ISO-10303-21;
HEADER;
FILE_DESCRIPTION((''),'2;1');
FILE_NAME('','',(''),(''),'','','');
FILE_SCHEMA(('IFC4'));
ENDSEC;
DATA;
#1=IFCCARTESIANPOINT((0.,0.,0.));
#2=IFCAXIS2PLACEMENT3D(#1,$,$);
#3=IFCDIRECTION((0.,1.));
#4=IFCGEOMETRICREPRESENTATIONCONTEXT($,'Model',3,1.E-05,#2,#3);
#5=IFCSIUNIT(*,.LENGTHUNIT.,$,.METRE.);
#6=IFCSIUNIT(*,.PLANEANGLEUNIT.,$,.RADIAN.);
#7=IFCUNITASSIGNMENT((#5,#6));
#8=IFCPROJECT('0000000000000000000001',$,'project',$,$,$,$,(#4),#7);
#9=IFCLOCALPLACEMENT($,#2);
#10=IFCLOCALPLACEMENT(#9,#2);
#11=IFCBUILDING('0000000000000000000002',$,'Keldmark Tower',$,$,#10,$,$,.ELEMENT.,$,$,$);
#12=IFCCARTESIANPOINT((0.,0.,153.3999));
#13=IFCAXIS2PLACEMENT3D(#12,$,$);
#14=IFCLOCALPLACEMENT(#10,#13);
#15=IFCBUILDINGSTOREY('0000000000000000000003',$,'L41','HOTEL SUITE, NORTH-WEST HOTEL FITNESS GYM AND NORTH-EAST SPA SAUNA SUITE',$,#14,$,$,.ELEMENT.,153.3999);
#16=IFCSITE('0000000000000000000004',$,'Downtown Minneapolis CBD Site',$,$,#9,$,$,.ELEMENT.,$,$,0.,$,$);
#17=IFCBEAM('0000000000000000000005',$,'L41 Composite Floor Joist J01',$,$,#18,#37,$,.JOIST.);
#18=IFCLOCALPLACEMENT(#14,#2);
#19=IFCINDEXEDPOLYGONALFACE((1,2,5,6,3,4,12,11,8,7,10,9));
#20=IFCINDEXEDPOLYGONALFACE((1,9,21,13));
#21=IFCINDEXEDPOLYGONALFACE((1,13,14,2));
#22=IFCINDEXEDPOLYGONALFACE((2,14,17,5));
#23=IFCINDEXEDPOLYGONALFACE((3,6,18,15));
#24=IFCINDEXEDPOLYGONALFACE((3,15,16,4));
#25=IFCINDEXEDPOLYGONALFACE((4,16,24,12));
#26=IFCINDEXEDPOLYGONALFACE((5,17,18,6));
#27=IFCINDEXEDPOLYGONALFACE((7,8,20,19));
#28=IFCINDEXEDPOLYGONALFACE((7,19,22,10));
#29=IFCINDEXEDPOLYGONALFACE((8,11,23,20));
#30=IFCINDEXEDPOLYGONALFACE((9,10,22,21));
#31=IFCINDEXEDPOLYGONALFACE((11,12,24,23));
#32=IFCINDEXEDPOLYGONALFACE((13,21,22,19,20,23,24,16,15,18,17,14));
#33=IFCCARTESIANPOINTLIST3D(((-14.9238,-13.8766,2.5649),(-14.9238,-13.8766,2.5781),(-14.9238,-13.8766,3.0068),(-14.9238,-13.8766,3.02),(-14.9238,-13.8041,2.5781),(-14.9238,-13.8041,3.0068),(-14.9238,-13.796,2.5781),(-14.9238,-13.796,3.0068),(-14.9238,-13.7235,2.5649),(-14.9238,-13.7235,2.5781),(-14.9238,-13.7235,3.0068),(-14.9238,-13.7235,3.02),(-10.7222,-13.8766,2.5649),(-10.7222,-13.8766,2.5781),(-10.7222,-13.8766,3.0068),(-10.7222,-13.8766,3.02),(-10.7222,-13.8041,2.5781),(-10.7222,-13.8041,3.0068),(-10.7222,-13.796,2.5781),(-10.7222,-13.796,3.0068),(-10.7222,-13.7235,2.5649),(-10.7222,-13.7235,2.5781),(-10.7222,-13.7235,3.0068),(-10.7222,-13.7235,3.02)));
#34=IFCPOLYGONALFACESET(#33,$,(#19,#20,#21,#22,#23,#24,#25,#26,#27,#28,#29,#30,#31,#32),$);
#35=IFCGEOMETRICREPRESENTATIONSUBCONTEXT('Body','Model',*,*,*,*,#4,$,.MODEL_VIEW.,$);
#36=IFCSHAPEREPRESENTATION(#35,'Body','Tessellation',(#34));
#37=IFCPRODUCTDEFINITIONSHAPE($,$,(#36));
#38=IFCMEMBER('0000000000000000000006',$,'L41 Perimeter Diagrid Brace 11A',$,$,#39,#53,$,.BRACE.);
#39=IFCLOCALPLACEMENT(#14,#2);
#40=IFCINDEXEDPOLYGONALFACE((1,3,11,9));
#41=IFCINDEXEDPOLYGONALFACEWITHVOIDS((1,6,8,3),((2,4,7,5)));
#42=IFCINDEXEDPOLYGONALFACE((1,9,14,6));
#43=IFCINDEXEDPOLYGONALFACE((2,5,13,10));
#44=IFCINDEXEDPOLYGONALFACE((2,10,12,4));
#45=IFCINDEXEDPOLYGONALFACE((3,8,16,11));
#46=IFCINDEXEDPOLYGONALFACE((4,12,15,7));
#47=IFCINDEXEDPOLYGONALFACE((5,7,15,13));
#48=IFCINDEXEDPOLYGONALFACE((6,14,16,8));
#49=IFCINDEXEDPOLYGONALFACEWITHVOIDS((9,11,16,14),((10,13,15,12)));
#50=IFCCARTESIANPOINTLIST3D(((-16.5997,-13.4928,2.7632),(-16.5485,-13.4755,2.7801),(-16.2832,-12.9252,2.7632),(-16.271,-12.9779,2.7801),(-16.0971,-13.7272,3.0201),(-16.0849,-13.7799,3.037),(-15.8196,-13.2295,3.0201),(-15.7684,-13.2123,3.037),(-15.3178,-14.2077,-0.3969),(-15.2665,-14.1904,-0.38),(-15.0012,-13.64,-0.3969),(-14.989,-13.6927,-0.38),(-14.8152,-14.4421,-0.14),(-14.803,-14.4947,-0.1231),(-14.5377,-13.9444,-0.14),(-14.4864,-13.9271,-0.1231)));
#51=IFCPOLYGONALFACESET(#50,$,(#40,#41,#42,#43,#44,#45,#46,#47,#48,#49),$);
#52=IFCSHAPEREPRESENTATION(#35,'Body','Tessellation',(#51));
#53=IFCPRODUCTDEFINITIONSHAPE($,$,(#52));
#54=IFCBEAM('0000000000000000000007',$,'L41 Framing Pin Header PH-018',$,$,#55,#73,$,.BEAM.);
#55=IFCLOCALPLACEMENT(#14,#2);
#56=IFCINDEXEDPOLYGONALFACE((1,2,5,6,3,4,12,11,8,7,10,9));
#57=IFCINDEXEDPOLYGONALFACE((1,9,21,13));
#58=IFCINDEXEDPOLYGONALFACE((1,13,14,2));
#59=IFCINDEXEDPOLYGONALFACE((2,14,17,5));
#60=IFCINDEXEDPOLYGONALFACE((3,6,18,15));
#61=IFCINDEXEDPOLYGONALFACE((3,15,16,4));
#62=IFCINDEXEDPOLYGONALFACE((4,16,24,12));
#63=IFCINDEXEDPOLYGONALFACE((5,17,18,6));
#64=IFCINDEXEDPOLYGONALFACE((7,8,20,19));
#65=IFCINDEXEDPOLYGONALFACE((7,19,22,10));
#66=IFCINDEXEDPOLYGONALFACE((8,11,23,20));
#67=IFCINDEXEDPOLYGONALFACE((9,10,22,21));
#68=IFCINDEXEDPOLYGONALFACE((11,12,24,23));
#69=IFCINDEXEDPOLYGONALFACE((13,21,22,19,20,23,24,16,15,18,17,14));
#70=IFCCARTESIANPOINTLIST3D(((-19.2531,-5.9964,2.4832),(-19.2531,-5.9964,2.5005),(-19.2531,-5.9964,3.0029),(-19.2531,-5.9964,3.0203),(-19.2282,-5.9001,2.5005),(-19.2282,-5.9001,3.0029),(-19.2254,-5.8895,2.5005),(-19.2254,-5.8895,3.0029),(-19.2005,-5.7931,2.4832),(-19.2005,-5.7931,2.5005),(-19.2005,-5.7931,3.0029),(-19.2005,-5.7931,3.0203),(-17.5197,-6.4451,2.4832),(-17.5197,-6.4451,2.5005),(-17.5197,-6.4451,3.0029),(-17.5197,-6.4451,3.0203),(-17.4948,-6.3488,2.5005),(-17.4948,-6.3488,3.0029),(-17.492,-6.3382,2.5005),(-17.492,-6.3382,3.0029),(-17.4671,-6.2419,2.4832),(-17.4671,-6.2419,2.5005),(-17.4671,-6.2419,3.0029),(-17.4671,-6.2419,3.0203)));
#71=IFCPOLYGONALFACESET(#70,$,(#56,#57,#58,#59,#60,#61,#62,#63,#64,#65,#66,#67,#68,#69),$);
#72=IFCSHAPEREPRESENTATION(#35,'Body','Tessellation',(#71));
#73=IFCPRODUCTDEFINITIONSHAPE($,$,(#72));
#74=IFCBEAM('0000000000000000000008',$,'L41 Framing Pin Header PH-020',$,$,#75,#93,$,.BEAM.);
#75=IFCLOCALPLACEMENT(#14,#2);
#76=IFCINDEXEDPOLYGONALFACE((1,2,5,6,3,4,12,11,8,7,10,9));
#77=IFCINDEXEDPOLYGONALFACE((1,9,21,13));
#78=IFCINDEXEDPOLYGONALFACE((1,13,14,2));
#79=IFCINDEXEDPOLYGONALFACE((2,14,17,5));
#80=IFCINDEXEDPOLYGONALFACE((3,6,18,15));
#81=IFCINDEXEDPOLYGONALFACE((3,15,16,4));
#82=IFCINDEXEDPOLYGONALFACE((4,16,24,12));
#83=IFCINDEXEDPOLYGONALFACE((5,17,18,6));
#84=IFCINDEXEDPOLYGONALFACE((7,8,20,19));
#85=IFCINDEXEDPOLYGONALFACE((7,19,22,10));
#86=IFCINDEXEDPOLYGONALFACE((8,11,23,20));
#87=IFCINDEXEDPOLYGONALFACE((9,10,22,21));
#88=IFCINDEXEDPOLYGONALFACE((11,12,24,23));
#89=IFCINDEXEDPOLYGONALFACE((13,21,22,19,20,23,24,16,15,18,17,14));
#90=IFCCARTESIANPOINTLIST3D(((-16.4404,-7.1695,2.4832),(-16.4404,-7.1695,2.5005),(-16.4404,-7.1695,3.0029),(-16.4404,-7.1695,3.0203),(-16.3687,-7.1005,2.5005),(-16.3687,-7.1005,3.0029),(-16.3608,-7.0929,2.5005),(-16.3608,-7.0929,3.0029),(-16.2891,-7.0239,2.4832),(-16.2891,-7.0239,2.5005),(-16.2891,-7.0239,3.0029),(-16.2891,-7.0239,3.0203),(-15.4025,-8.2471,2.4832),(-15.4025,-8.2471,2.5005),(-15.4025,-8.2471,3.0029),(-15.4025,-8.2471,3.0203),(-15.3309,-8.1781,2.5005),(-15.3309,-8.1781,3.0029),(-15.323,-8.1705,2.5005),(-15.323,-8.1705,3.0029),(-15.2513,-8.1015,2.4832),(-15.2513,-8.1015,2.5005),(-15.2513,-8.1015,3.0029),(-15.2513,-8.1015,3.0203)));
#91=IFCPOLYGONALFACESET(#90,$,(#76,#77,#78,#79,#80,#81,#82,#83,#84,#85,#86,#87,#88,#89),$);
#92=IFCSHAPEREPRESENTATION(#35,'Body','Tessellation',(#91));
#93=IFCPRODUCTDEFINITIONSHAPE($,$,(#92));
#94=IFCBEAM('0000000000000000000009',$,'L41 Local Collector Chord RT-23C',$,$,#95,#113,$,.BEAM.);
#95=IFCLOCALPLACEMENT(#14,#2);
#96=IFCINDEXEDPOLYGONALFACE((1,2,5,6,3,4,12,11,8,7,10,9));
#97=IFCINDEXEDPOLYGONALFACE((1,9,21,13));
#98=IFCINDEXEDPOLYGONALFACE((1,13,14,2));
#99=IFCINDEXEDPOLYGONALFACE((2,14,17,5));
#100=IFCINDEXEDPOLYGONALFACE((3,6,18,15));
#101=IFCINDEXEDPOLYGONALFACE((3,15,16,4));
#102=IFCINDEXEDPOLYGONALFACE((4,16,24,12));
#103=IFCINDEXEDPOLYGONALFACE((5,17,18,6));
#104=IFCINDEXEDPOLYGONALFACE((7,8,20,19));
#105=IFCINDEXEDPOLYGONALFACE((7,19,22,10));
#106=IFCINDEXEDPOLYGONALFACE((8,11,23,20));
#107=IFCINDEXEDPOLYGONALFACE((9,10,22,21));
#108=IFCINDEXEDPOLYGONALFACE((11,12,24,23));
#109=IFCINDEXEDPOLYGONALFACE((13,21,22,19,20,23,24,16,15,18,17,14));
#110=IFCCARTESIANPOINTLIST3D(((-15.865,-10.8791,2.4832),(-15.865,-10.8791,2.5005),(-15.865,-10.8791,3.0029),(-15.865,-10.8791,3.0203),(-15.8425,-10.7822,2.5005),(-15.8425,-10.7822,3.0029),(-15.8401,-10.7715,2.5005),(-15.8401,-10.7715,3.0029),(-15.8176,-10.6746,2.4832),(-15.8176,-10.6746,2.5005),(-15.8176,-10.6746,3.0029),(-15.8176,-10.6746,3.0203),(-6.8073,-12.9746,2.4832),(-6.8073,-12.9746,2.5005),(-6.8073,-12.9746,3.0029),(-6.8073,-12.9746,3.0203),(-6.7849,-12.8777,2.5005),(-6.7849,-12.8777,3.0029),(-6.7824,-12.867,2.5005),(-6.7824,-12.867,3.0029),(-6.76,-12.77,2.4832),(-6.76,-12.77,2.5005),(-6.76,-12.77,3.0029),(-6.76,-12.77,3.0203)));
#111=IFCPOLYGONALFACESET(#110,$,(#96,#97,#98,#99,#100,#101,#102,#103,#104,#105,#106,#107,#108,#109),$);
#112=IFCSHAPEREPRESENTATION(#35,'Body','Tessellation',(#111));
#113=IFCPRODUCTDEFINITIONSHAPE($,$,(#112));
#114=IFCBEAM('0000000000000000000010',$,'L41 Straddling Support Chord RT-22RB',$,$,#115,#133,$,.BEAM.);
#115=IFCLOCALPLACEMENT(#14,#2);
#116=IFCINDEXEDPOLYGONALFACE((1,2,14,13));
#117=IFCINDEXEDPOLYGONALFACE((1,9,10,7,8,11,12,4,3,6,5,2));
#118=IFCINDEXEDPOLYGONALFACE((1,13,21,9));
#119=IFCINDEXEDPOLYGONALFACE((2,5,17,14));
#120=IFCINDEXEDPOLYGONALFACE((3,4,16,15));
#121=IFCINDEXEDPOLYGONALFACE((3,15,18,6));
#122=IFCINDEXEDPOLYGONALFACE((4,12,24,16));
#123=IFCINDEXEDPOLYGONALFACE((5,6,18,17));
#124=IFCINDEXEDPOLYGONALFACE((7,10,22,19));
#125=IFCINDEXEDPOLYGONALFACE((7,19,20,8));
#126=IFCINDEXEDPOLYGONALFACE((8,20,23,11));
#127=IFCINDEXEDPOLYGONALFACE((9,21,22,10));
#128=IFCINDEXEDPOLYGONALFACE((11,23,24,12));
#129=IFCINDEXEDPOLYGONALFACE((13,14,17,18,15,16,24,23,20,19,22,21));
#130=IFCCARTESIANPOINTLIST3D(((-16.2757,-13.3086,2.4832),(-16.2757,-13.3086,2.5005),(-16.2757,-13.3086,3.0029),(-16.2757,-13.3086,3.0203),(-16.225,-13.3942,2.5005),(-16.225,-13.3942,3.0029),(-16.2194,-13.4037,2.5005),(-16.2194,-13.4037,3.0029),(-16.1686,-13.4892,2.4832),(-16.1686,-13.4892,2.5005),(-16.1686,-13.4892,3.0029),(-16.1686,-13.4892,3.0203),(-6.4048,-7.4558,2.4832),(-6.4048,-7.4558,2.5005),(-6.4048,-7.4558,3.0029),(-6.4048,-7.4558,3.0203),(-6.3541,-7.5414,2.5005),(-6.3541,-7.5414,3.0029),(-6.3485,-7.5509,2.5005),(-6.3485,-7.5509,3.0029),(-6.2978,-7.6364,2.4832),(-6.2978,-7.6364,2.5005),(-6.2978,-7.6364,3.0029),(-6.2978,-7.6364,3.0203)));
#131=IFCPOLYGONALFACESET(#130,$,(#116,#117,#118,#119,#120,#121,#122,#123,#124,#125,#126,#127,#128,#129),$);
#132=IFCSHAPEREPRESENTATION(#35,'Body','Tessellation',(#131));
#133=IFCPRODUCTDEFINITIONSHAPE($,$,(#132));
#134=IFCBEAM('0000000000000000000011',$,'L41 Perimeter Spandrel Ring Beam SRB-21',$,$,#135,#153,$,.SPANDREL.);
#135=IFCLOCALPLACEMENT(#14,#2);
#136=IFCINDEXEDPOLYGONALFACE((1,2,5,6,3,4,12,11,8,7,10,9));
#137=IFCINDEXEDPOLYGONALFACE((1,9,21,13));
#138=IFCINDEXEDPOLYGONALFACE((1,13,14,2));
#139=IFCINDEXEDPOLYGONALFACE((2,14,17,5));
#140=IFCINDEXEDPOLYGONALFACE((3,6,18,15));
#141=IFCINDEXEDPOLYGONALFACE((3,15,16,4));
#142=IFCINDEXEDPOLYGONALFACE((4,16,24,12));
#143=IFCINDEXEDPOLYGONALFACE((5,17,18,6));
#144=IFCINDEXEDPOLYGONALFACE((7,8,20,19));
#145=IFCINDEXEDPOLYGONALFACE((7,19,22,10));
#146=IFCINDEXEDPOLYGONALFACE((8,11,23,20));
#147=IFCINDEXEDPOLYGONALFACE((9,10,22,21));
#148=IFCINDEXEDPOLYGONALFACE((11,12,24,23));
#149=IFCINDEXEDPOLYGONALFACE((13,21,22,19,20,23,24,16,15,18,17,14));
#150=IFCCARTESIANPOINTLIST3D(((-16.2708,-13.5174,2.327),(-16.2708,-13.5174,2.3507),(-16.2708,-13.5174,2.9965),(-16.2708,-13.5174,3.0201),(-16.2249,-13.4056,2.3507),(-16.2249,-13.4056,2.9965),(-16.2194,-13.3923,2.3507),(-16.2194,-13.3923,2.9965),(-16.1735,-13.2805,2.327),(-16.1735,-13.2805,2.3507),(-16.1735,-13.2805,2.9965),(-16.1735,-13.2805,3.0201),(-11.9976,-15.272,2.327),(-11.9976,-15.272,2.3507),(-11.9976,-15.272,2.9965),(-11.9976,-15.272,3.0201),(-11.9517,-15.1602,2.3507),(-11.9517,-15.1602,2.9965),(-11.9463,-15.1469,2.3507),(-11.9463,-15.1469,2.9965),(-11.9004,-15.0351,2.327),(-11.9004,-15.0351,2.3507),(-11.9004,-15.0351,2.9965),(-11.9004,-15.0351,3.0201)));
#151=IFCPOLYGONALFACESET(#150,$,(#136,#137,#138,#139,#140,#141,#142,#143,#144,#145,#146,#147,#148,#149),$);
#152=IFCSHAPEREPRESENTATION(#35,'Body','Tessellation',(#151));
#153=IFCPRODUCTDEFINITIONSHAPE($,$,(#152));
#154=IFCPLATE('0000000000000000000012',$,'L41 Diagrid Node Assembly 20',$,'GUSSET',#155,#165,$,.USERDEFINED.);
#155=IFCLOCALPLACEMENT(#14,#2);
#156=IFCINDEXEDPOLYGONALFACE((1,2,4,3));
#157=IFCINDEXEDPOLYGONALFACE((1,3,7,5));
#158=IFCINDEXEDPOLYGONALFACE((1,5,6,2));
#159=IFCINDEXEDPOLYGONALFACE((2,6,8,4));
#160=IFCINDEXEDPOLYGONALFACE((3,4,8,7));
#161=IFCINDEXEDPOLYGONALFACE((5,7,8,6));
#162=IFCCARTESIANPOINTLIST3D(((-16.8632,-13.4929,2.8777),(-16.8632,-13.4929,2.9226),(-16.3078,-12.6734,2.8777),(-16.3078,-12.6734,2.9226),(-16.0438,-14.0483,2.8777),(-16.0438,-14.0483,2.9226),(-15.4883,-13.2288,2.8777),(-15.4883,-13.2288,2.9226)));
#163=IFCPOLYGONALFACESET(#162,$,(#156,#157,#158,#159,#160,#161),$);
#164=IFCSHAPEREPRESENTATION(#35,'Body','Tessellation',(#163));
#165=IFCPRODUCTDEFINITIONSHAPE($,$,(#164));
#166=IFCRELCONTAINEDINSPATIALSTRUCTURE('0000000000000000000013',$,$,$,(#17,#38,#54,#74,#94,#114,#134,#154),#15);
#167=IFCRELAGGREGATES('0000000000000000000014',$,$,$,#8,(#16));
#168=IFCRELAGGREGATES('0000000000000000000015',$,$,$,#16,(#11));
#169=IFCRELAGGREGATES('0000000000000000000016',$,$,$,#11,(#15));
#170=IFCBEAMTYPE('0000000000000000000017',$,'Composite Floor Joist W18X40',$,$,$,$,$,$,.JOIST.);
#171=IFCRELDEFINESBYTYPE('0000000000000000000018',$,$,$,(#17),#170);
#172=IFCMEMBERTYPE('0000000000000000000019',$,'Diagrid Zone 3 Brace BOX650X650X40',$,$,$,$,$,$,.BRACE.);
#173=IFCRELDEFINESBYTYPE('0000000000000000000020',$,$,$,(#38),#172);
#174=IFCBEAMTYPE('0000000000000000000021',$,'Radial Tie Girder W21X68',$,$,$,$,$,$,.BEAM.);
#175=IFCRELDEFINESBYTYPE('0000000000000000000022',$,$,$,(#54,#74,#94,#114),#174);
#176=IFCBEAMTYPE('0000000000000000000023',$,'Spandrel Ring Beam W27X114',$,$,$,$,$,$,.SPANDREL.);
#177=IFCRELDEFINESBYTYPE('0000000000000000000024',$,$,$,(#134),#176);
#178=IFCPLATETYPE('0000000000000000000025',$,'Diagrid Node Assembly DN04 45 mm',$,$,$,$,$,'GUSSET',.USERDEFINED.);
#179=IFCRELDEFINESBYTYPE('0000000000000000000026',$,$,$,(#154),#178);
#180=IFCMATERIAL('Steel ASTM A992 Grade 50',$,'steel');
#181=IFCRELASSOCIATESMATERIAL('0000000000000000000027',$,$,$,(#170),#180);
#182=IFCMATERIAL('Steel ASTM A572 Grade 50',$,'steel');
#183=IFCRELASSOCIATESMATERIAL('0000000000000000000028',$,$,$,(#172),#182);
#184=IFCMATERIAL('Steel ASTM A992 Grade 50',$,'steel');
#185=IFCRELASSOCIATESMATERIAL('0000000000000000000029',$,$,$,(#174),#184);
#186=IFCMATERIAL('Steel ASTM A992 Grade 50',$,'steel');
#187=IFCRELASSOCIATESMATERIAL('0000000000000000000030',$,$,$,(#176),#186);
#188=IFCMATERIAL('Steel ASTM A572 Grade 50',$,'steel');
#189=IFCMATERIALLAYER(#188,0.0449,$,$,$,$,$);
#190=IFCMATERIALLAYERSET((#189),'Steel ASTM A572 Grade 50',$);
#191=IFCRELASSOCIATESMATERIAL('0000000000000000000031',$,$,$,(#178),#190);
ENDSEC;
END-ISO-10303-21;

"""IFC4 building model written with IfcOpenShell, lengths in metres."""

from ifc_helpers import new_model, si_unit, direction, frame, origin, origin_2d, place, context, subcontext, project, spatial, rectangle, hollow_rectangle, i_section, extrude, material, layer, layer_set, material_profile, profile_set, type_object, element, save


model = new_model("IFC4")

# Units and contexts
model_context = context("Model", 3, precision=1e-05, world=origin(), true_north=direction((0.0, 1.0)))
body_context = subcontext(model_context, "Body", "Model", "MODEL_VIEW")
ifc_project = project(units=[si_unit("LENGTHUNIT", "METRE"), si_unit("PLANEANGLEUNIT", "RADIAN")], contexts=[model_context])

# Site, building, storey
site_placement = place(None, origin())
site = spatial("IfcSite", under=ifc_project, at=site_placement, Name="Downtown Minneapolis CBD Site", CompositionType="ELEMENT", RefElevation=0.0)
building_placement = place(site_placement, origin())
building = spatial("IfcBuilding", under=site, at=building_placement, Name="Keldmark Tower", CompositionType="ELEMENT")
storey_placement = place(building_placement, frame((0.0, 0.0, 153.3999)))
storey = spatial("IfcBuildingStorey", under=building, at=storey_placement, Name="L41", Description="HOTEL SUITE, NORTH-WEST HOTEL FITNESS GYM AND NORTH-EAST SPA SAUNA SUITE", CompositionType="ELEMENT", Elevation=153.3999)

# Beam
ifc_material_1 = material(Name="Steel ASTM A992 Grade 50", Category="steel")
ifc_material_profile_1 = material_profile(ifc_material_1, i_section(OverallWidth=0.1531, OverallDepth=0.4551, WebThickness=0.0081, FlangeThickness=0.0132, at=origin_2d()), Name="W18X40")
ifc_profile_set_1 = profile_set([ifc_material_profile_1], Name="Steel ASTM A992 Grade 50")
beam_type_1 = type_object("IfcBeamType", Name="Composite Floor Joist W18X40", PredefinedType="JOIST", material=ifc_profile_set_1)
beam_1_placement = place(storey_placement, frame((-14.9238, -13.8, 2.7925), z_axis=(1.0, 0.0, 0.0), x_axis=(0.0, 1.0, 0.0)))
element("IfcBeam", 1, at=beam_1_placement, inside=storey, type_object=beam_type_1, Name="L41 Composite Floor Joist J01", PredefinedType="JOIST", context=body_context, shape_type="SweptSolid", body=[
    extrude(i_section(OverallWidth=0.1531, OverallDepth=0.4551, WebThickness=0.0081, FlangeThickness=0.0132, at=origin_2d()), origin(), (0.0, 0.0, 1.0), 4.2017),
])

# Member
ifc_material_2 = material(Name="Steel ASTM A572 Grade 50", Category="steel")
ifc_material_profile_2 = material_profile(ifc_material_2, hollow_rectangle(XDim=0.6499, YDim=0.6499, WallThickness=0.04, at=origin_2d()), Name="BOX650X650X40")
ifc_profile_set_2 = profile_set([ifc_material_profile_2], Name="Steel ASTM A572 Grade 50")
member_type = type_object("IfcMemberType", Name="Diagrid Zone 3 Brace BOX650X650X40", PredefinedType="BRACE", material=ifc_profile_set_2)
member_placement = place(storey_placement, frame((-14.9021, -14.0674, -0.26), z_axis=(-0.36792, 0.205155, 0.906943), x_axis=(-0.487012, -0.873395, 0.0)))
element("IfcMember", 2, at=member_placement, inside=storey, type_object=member_type, Name="L41 Perimeter Diagrid Brace 11A", PredefinedType="BRACE", context=body_context, shape_type="SweptSolid", body=[
    extrude(hollow_rectangle(XDim=0.6499, YDim=0.6499, WallThickness=0.04, at=origin_2d()), origin(), (0.0, 0.0, 1.0), 3.4844),
])

# Beams
ifc_material_3 = material(Name="Steel ASTM A992 Grade 50", Category="steel")
ifc_material_profile_3 = material_profile(ifc_material_3, i_section(OverallWidth=0.21, OverallDepth=0.5371, WebThickness=0.011, FlangeThickness=0.0173, at=origin_2d()), Name="W21X68")
ifc_profile_set_3 = profile_set([ifc_material_profile_3], Name="Steel ASTM A992 Grade 50")
beam_type_2 = type_object("IfcBeamType", Name="Radial Tie Girder W21X68", PredefinedType="BEAM", material=ifc_profile_set_3)
beam_2_placement = place(storey_placement, frame((-17.4934, -6.3435, 2.7517), z_axis=(-0.968088, 0.250612, 0.0), x_axis=(-0.250612, -0.968088, 0.0)))
element("IfcBeam", 3, at=beam_2_placement, inside=storey, type_object=beam_type_2, Name="L41 Framing Pin Header PH-018", PredefinedType="BEAM", context=body_context, shape_type="SweptSolid", body=[
    extrude(i_section(OverallWidth=0.21, OverallDepth=0.5371, WebThickness=0.011, FlangeThickness=0.0173, at=origin_2d()), origin(), (0.0, 0.0, 1.0), 1.7905),
])
beam_3_placement = place(storey_placement, frame((-16.3647, -7.0967, 2.7517), z_axis=(0.693682, -0.720281, 0.0), x_axis=(0.720281, 0.693682, 0.0)))
element("IfcBeam", 4, at=beam_3_placement, inside=storey, type_object=beam_type_2, Name="L41 Framing Pin Header PH-020", PredefinedType="BEAM", context=body_context, shape_type="SweptSolid", body=[
    extrude(i_section(OverallWidth=0.21, OverallDepth=0.5371, WebThickness=0.011, FlangeThickness=0.0173, at=origin_2d()), origin(), (0.0, 0.0, 1.0), 1.4961),
])
beam_4_placement = place(storey_placement, frame((-15.8413, -10.7769, 2.7517), z_axis=(0.974268, -0.225395, 0.0), x_axis=(0.225395, 0.974268, 0.0)))
element("IfcBeam", 5, at=beam_4_placement, inside=storey, type_object=beam_type_2, Name="L41 Local Collector Chord RT-23C", PredefinedType="BEAM", context=body_context, shape_type="SweptSolid", body=[
    extrude(i_section(OverallWidth=0.21, OverallDepth=0.5371, WebThickness=0.011, FlangeThickness=0.0173, at=origin_2d()), origin(), (0.0, 0.0, 1.0), 9.2969),
])
beam_5_placement = place(storey_placement, frame((-16.2222, -13.3989, 2.7517), z_axis=(0.860162, 0.510021, 0.0), x_axis=(-0.510021, 0.860162, 0.0)))
element("IfcBeam", 6, at=beam_5_placement, inside=storey, type_object=beam_type_2, Name="L41 Straddling Support Chord RT-22RB", PredefinedType="BEAM", context=body_context, shape_type="SweptSolid", body=[
    extrude(i_section(OverallWidth=0.21, OverallDepth=0.5371, WebThickness=0.011, FlangeThickness=0.0173, at=origin_2d()), origin(), (0.0, 0.0, 1.0), 11.4756),
])
ifc_material_4 = material(Name="Steel ASTM A992 Grade 50", Category="steel")
ifc_material_profile_4 = material_profile(ifc_material_4, i_section(OverallWidth=0.2561, OverallDepth=0.6931, WebThickness=0.0144, FlangeThickness=0.0237, at=origin_2d()), Name="W27X114")
ifc_profile_set_4 = profile_set([ifc_material_profile_4], Name="Steel ASTM A992 Grade 50")
beam_type_3 = type_object("IfcBeamType", Name="Spandrel Ring Beam W27X114", PredefinedType="SPANDREL", material=ifc_profile_set_4)
beam_6_placement = place(storey_placement, frame((-16.2222, -13.3989, 2.6736), z_axis=(0.925052, -0.379841, 0.0), x_axis=(0.379841, 0.925052, 0.0)))
element("IfcBeam", 7, at=beam_6_placement, inside=storey, type_object=beam_type_3, Name="L41 Perimeter Spandrel Ring Beam SRB-21", PredefinedType="SPANDREL", context=body_context, shape_type="SweptSolid", body=[
    extrude(i_section(OverallWidth=0.2561, OverallDepth=0.6931, WebThickness=0.0144, FlangeThickness=0.0237, at=origin_2d()), origin(), (0.0, 0.0, 1.0), 4.6194),
])

# Plate
ifc_material_5 = material(Name="Steel ASTM A572 Grade 50", Category="steel")
ifc_layer_1 = layer(ifc_material_5, 0.0449)
ifc_layer_set_1 = layer_set([ifc_layer_1], Name="Steel ASTM A572 Grade 50")
plate_type = type_object("IfcPlateType", Name="Diagrid Node Assembly DN04 45 mm", ElementType="GUSSET", PredefinedType="USERDEFINED", material=ifc_layer_set_1)
plate_placement = place(storey_placement, frame((-16.1758, -13.3608, 2.8777), z_axis=(0.0, 0.0, 1.0), x_axis=(0.827767, -0.561072, 0.0)))
element("IfcPlate", 8, at=plate_placement, inside=storey, type_object=plate_type, Name="L41 Diagrid Node Assembly 20", ObjectType="GUSSET", PredefinedType="USERDEFINED", context=body_context, shape_type="SweptSolid", body=[
    extrude(rectangle(XDim=0.99, YDim=0.99, at=origin_2d()), origin(), (0.0, 0.0, 1.0), 0.0449),
])

save(model, "model.ifc")
